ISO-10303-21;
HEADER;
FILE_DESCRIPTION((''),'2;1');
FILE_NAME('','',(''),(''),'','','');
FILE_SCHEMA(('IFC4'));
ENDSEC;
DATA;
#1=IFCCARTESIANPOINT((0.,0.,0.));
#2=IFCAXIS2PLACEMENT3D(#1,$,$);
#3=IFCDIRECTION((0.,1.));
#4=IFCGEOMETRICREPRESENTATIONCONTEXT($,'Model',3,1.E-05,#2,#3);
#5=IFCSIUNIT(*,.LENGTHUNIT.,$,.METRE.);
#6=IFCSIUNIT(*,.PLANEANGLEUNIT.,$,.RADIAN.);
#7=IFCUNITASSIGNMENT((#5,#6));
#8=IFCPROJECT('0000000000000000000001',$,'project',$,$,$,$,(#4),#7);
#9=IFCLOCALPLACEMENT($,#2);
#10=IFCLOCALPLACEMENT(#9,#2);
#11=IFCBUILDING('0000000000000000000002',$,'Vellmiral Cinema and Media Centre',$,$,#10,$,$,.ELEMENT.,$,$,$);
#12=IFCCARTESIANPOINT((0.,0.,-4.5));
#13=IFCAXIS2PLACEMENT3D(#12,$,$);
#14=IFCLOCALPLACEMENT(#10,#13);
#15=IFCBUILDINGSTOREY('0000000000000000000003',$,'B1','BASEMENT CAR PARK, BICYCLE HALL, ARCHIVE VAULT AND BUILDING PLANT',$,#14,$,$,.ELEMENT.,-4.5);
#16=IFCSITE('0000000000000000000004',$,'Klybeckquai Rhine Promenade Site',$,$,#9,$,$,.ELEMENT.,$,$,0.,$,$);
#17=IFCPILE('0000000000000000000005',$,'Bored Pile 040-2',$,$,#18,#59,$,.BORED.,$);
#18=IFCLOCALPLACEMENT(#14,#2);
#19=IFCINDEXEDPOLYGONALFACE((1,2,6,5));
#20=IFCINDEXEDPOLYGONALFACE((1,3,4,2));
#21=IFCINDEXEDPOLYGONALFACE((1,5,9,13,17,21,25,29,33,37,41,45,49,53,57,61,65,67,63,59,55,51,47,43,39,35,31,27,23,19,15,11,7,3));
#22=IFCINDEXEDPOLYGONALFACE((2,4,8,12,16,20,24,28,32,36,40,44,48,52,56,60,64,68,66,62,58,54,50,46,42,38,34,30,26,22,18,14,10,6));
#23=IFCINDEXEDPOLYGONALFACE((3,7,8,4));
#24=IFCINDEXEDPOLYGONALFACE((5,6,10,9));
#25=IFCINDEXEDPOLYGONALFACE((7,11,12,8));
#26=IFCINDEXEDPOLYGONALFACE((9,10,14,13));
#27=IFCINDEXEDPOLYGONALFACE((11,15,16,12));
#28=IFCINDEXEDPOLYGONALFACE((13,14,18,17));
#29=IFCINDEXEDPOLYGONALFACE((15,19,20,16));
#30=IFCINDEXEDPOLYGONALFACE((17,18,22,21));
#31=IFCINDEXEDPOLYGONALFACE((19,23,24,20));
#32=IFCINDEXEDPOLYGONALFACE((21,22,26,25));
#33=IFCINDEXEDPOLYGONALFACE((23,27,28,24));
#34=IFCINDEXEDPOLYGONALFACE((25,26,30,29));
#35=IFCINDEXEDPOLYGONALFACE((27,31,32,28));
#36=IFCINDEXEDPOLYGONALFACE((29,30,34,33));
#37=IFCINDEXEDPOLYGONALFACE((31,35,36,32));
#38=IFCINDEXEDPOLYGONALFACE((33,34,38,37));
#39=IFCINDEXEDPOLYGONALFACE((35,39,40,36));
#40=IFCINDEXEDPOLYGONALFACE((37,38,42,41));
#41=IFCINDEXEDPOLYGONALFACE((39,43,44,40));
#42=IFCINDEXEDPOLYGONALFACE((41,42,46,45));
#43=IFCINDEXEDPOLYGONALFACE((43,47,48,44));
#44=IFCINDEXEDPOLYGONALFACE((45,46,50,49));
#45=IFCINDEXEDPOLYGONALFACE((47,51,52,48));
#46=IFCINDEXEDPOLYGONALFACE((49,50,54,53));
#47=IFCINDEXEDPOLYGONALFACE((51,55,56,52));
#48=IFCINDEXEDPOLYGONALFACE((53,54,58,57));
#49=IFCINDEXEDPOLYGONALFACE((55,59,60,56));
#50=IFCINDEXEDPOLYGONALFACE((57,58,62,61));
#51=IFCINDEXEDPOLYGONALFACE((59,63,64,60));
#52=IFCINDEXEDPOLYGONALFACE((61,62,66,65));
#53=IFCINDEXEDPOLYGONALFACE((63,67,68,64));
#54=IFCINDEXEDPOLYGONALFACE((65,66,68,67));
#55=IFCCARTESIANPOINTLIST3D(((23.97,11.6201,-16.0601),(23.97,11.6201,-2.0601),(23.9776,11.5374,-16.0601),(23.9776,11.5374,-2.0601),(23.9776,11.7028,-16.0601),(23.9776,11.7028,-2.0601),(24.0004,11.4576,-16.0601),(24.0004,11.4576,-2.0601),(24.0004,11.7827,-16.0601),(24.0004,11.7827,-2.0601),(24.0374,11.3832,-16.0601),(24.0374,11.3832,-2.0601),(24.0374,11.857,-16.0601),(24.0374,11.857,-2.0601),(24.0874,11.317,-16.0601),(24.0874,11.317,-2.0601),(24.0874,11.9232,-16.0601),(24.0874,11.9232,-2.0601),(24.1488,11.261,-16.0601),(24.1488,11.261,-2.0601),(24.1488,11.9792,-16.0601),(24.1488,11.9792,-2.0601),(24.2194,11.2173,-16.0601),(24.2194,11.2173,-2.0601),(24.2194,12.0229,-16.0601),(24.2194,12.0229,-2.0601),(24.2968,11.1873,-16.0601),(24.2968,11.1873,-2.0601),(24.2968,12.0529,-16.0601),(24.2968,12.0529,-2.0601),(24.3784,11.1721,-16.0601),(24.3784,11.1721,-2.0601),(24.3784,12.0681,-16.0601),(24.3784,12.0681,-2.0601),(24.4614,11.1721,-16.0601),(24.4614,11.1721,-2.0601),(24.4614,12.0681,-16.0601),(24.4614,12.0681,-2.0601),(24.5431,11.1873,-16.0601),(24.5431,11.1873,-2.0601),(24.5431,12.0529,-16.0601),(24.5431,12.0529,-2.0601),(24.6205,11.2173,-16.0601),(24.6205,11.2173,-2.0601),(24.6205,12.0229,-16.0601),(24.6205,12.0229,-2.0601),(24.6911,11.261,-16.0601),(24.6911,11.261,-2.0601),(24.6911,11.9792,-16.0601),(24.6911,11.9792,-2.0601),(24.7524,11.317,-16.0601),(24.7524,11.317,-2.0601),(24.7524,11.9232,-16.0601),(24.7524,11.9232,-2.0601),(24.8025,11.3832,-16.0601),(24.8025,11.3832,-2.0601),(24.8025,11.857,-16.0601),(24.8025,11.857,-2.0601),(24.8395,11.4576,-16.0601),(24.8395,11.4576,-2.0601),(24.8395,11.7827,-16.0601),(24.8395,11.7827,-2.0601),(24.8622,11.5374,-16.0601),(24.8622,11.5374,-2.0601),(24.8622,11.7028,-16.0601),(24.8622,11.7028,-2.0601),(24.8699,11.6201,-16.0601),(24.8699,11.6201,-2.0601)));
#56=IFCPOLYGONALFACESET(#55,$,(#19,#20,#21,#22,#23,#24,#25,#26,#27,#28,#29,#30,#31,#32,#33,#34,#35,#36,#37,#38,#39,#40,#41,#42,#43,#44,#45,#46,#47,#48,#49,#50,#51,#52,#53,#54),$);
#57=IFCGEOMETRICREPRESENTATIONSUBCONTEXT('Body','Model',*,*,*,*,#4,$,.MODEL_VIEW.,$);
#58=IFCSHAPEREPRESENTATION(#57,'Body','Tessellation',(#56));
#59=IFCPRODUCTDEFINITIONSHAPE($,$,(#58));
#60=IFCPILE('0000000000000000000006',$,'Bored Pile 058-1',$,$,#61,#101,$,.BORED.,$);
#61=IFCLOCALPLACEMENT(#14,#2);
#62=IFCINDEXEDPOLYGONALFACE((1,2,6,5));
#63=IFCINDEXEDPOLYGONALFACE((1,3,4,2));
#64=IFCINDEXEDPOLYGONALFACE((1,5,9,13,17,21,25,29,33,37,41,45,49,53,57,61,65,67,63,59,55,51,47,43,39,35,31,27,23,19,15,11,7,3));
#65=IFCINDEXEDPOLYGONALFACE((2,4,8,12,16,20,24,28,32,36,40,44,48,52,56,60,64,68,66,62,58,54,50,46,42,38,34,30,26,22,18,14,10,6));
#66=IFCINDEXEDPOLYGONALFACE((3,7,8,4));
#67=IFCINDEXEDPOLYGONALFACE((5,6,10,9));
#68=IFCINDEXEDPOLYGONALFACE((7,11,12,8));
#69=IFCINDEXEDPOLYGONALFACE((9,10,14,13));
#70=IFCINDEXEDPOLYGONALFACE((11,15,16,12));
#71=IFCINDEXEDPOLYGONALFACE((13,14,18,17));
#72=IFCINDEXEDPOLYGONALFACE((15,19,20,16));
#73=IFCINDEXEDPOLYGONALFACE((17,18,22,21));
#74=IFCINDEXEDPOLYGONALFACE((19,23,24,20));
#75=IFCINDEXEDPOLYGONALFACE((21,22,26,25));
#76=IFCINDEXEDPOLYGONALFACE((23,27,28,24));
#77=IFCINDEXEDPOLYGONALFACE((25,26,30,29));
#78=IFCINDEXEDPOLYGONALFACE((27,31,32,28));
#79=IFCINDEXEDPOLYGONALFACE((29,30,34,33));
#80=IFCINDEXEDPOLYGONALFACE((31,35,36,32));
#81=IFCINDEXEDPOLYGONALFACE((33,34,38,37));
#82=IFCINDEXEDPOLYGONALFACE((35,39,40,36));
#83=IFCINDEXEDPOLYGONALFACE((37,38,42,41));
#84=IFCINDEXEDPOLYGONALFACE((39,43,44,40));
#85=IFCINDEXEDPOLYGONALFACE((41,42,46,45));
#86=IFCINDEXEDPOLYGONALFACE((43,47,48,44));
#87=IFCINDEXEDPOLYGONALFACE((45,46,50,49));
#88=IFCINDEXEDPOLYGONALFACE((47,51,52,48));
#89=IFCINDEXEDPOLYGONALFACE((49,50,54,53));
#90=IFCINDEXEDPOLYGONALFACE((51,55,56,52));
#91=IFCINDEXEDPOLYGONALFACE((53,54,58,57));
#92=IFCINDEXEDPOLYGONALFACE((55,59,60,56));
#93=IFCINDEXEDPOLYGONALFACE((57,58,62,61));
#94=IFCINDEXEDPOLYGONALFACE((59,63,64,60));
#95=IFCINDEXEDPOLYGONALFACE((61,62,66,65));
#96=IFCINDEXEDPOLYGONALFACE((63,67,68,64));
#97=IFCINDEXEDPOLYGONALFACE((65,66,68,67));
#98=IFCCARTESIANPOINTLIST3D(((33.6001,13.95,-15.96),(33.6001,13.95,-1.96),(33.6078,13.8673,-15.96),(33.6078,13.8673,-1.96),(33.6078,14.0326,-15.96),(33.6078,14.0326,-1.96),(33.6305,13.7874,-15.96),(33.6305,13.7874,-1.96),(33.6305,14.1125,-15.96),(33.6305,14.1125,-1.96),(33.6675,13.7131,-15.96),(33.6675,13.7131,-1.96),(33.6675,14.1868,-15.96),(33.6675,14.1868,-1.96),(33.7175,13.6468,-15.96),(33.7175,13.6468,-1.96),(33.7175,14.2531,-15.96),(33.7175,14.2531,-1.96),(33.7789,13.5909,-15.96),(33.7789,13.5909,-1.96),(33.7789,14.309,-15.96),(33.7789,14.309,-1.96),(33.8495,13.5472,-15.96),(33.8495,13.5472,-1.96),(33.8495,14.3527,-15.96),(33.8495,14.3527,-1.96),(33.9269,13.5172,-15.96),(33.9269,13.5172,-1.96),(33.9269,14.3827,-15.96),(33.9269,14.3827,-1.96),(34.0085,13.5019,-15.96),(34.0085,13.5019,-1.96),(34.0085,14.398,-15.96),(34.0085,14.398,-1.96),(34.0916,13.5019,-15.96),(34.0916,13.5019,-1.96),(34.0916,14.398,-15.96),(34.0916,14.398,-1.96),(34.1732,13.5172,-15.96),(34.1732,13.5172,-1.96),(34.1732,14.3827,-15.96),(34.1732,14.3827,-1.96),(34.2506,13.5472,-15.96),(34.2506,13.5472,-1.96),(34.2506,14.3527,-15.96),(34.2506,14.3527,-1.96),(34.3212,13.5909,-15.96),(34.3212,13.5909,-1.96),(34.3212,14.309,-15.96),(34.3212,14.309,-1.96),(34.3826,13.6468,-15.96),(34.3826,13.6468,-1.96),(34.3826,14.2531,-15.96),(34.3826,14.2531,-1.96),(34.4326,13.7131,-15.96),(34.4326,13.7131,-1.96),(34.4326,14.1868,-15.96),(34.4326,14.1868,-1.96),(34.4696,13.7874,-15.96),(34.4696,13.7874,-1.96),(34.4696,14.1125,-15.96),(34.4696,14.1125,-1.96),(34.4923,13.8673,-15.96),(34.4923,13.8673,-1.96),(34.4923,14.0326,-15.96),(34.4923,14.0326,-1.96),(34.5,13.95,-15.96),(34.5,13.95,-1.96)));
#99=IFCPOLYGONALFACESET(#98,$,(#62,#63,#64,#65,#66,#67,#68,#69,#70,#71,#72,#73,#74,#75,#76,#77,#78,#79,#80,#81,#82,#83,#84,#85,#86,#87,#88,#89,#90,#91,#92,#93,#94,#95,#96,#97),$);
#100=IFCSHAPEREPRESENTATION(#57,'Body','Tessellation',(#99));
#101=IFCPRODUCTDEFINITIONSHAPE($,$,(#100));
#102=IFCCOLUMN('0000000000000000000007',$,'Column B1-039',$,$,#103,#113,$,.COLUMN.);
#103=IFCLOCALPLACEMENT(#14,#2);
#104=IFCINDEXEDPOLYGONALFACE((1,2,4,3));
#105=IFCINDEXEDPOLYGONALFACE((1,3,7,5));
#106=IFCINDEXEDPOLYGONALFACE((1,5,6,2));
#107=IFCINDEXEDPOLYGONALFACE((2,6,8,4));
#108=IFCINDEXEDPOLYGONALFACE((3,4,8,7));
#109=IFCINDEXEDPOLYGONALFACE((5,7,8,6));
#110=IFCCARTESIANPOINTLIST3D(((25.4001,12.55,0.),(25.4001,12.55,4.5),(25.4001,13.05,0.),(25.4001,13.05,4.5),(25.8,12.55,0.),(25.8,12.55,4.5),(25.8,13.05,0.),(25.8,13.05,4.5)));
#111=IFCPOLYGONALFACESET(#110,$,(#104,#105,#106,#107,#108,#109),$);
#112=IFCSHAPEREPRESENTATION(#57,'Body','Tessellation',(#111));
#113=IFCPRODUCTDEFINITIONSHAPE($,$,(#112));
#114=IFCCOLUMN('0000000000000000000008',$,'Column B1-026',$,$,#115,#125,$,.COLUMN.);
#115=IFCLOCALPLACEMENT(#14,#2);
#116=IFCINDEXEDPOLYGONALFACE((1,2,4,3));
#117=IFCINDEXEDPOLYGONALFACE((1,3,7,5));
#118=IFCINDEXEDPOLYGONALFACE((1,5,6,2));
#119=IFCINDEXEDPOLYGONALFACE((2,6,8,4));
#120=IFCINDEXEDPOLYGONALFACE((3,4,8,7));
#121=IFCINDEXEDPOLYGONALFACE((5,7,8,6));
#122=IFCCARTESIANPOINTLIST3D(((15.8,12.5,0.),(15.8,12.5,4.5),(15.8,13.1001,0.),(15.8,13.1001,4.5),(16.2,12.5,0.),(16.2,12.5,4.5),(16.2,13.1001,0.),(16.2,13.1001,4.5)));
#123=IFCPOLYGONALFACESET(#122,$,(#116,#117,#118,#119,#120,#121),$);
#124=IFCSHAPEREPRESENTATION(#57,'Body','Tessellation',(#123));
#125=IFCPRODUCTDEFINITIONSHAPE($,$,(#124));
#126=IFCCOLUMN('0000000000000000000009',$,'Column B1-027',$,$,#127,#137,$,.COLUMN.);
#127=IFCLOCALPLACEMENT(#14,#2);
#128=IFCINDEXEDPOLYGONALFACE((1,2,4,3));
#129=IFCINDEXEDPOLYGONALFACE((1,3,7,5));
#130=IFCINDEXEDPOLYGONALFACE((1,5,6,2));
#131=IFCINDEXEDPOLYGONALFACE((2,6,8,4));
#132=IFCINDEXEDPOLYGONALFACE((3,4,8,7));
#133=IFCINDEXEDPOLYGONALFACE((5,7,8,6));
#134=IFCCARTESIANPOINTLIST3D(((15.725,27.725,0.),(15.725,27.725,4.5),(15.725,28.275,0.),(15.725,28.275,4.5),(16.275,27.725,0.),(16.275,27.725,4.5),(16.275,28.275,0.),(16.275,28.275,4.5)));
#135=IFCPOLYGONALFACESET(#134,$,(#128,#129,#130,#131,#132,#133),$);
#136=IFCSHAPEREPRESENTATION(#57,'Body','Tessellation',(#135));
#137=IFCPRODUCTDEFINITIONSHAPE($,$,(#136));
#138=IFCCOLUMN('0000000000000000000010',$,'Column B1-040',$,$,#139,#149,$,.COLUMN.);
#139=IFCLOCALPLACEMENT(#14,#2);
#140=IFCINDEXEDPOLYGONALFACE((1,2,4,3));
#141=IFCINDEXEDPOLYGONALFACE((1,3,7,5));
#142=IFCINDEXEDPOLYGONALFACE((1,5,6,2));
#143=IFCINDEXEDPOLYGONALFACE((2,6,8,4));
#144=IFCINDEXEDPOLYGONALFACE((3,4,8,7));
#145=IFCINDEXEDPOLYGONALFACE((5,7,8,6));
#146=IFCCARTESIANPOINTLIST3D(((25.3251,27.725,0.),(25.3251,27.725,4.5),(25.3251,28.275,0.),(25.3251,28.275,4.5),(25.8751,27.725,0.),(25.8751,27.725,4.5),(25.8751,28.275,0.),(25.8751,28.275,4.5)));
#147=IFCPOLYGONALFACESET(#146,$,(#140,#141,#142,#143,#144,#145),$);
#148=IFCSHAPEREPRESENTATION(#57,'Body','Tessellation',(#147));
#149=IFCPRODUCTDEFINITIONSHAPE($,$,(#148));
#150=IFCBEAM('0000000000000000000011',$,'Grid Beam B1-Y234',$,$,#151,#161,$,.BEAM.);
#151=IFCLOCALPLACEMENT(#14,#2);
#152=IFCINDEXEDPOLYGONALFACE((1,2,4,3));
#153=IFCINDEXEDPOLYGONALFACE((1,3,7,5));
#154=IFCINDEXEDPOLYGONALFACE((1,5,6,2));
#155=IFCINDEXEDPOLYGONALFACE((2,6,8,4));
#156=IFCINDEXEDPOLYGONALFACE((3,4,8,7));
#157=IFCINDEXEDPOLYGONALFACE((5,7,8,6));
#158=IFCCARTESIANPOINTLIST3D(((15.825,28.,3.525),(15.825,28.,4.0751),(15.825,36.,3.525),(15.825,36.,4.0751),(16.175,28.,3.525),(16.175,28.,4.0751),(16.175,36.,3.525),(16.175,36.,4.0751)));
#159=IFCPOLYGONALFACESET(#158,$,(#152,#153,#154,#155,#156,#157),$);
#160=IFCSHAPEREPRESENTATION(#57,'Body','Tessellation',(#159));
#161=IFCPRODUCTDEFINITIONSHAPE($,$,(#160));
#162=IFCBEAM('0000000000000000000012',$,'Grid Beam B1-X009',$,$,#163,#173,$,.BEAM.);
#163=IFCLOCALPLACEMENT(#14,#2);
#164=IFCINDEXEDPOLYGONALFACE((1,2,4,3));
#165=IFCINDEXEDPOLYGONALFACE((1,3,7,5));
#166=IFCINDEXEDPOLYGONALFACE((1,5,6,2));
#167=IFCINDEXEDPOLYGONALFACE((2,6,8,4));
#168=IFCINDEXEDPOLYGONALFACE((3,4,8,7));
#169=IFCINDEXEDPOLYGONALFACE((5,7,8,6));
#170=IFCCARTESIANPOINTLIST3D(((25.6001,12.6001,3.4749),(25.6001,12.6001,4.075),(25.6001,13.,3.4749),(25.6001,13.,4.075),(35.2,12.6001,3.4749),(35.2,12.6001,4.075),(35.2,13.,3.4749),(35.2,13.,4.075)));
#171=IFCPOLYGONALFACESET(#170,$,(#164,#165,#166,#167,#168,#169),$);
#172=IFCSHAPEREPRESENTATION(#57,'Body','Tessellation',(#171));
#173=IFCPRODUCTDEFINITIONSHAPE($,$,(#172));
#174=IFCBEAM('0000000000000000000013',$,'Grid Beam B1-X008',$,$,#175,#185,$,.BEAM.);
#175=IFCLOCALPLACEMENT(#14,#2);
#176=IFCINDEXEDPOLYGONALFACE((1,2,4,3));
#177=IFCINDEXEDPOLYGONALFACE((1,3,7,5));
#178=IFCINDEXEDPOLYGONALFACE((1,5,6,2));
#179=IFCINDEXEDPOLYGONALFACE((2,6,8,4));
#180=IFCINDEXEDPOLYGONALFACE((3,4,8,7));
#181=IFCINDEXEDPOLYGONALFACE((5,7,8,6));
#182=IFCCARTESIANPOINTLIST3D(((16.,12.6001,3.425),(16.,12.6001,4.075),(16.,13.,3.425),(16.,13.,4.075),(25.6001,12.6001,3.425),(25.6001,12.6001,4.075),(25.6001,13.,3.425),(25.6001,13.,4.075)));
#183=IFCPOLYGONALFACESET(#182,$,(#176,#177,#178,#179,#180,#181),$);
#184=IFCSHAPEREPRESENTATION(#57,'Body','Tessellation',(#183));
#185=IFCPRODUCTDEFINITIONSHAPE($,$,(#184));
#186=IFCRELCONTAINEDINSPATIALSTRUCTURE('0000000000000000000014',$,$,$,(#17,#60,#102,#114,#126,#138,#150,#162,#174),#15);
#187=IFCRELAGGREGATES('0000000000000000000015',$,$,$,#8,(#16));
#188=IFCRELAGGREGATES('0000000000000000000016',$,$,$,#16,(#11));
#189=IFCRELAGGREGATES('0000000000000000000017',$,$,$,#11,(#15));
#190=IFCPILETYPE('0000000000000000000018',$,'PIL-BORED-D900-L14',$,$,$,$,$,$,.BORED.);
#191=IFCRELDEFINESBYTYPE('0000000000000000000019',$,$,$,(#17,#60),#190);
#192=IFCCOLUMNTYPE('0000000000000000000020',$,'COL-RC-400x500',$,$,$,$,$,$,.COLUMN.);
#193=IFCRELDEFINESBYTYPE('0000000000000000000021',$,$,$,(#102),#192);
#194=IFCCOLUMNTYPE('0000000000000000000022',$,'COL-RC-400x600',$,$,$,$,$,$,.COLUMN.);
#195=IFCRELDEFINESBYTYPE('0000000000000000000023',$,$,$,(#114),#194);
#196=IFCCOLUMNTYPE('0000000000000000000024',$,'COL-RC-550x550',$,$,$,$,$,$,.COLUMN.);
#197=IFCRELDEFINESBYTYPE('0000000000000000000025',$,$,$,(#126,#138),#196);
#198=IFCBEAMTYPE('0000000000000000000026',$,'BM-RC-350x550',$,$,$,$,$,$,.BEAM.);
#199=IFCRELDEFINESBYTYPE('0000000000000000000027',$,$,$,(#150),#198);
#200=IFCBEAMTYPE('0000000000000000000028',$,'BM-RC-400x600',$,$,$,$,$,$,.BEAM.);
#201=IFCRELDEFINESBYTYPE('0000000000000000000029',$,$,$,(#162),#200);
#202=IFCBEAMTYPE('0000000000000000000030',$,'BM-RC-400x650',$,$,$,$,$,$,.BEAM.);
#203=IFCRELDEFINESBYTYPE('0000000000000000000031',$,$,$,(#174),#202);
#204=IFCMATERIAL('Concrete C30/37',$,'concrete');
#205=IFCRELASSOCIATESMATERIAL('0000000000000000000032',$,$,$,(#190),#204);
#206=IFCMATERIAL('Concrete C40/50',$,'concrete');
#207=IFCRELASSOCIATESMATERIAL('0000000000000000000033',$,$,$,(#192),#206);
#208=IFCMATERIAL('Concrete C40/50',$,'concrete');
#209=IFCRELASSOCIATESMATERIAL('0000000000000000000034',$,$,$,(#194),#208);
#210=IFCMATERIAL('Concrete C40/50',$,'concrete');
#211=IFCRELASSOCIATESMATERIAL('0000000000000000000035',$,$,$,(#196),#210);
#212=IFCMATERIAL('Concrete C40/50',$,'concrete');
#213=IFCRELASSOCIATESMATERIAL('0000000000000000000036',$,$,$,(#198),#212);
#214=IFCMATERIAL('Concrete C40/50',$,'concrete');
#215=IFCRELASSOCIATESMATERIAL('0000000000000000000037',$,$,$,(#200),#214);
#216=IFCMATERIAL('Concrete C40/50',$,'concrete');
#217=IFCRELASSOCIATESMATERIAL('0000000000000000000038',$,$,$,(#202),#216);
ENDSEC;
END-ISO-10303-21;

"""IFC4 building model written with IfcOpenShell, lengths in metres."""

from ifc_helpers import new_model, si_unit, direction, frame, origin, origin_2d, place, context, subcontext, project, spatial, rectangle, circle, extrude, material, material_profile, profile_set, type_object, element, save


model = new_model("IFC4")

# Units and contexts
model_context = context("Model", 3, precision=1e-05, world=origin(), true_north=direction((0.0, 1.0)))
body_context = subcontext(model_context, "Body", "Model", "MODEL_VIEW")
ifc_project = project(units=[si_unit("LENGTHUNIT", "METRE"), si_unit("PLANEANGLEUNIT", "RADIAN")], contexts=[model_context])

# Site, building, storey
site_placement = place(None, origin())
site = spatial("IfcSite", under=ifc_project, at=site_placement, Name="Klybeckquai Rhine Promenade Site", CompositionType="ELEMENT", RefElevation=0.0)
building_placement = place(site_placement, origin())
building = spatial("IfcBuilding", under=site, at=building_placement, Name="Vellmiral Cinema and Media Centre", CompositionType="ELEMENT")
storey_placement = place(building_placement, frame((0.0, 0.0, -4.5)))
storey = spatial("IfcBuildingStorey", under=building, at=storey_placement, Name="B1", Description="BASEMENT CAR PARK, BICYCLE HALL, ARCHIVE VAULT AND BUILDING PLANT", CompositionType="ELEMENT", Elevation=-4.5)

# Piles
ifc_material_1 = material(Name="Concrete C30/37", Category="concrete")
ifc_material_profile_1 = material_profile(ifc_material_1, circle(Radius=0.45, at=origin_2d()), Name="PILE D900")
ifc_profile_set_1 = profile_set([ifc_material_profile_1], Name="Concrete C30/37")
pile_type_1 = type_object("IfcPileType", Name="PIL-BORED-D900-L14", PredefinedType="BORED", material=ifc_profile_set_1)
for number, where, z_axis, x_axis, name in (
    (1, (24.4199, 11.6201, -2.0601), (0.0, 0.0, -1.0), (1.0, 0.0, 0.0), "Bored Pile 040-2"),
    (2, (34.05, 13.95, -1.96), (0.0, 0.0, -1.0), (1.0, 0.0, 0.0), "Bored Pile 058-1"),
):
    element("IfcPile", number, at=place(storey_placement, frame(where, z_axis=z_axis, x_axis=x_axis)), inside=storey, type_object=pile_type_1, Name=name, PredefinedType="BORED", context=body_context, shape_type="SweptSolid", body=[
        extrude(circle(Radius=0.45, at=origin_2d()), origin(), (0.0, 0.0, 1.0), 14.0),
    ])

# Columns
ifc_material_2 = material(Name="Concrete C40/50", Category="concrete")
ifc_material_profile_2 = material_profile(ifc_material_2, rectangle(XDim=0.3999, YDim=0.5, at=origin_2d()), Name="RC 400x500")
ifc_profile_set_2 = profile_set([ifc_material_profile_2], Name="Concrete C40/50")
column_type_1 = type_object("IfcColumnType", Name="COL-RC-400x500", PredefinedType="COLUMN", material=ifc_profile_set_2)
column_1_placement = place(storey_placement, frame((25.6001, 12.8, 0.0), z_axis=(0.0, 0.0, 1.0), x_axis=(1.0, 0.0, 0.0)))
element("IfcColumn", 3, at=column_1_placement, inside=storey, type_object=column_type_1, Name="Column B1-039", PredefinedType="COLUMN", context=body_context, shape_type="SweptSolid", body=[
    extrude(rectangle(XDim=0.3999, YDim=0.5, at=origin_2d()), origin(), (0.0, 0.0, 1.0), 4.5),
])
ifc_material_3 = material(Name="Concrete C40/50", Category="concrete")
ifc_material_profile_3 = material_profile(ifc_material_3, rectangle(XDim=0.3999, YDim=0.6001, at=origin_2d()), Name="RC 400x600")
ifc_profile_set_3 = profile_set([ifc_material_profile_3], Name="Concrete C40/50")
column_type_2 = type_object("IfcColumnType", Name="COL-RC-400x600", PredefinedType="COLUMN", material=ifc_profile_set_3)
column_2_placement = place(storey_placement, frame((16.0, 12.8, 0.0), z_axis=(0.0, 0.0, 1.0), x_axis=(1.0, 0.0, 0.0)))
element("IfcColumn", 4, at=column_2_placement, inside=storey, type_object=column_type_2, Name="Column B1-026", PredefinedType="COLUMN", context=body_context, shape_type="SweptSolid", body=[
    extrude(rectangle(XDim=0.3999, YDim=0.6001, at=origin_2d()), origin(), (0.0, 0.0, 1.0), 4.5),
])
ifc_material_4 = material(Name="Concrete C40/50", Category="concrete")
ifc_material_profile_4 = material_profile(ifc_material_4, rectangle(XDim=0.55, YDim=0.55, at=origin_2d()), Name="RC 550x550")
ifc_profile_set_4 = profile_set([ifc_material_profile_4], Name="Concrete C40/50")
column_type_3 = type_object("IfcColumnType", Name="COL-RC-550x550", PredefinedType="COLUMN", material=ifc_profile_set_4)
for number, where, z_axis, x_axis, name in (
    (5, (16.0, 28.0, 0.0), (0.0, 0.0, 1.0), (1.0, 0.0, 0.0), "Column B1-027"),
    (6, (25.6001, 28.0, 0.0), (0.0, 0.0, 1.0), (1.0, 0.0, 0.0), "Column B1-040"),
):
    element("IfcColumn", number, at=place(storey_placement, frame(where, z_axis=z_axis, x_axis=x_axis)), inside=storey, type_object=column_type_3, Name=name, PredefinedType="COLUMN", context=body_context, shape_type="SweptSolid", body=[
        extrude(rectangle(XDim=0.55, YDim=0.55, at=origin_2d()), origin(), (0.0, 0.0, 1.0), 4.5),
    ])

# Beams
ifc_material_5 = material(Name="Concrete C40/50", Category="concrete")
ifc_material_profile_5 = material_profile(ifc_material_5, rectangle(XDim=0.3501, YDim=0.55, at=origin_2d()), Name="RC 350x550")
ifc_profile_set_5 = profile_set([ifc_material_profile_5], Name="Concrete C40/50")
beam_type_1 = type_object("IfcBeamType", Name="BM-RC-350x550", PredefinedType="BEAM", material=ifc_profile_set_5)
beam_1_placement = place(storey_placement, frame((16.0, 28.0, 3.8), z_axis=(0.0, 1.0, 0.0), x_axis=(-1.0, 0.0, 0.0)))
element("IfcBeam", 7, at=beam_1_placement, inside=storey, type_object=beam_type_1, Name="Grid Beam B1-Y234", PredefinedType="BEAM", context=body_context, shape_type="SweptSolid", body=[
    extrude(rectangle(XDim=0.3501, YDim=0.55, at=origin_2d()), origin(), (0.0, 0.0, 1.0), 8.0),
])
ifc_material_6 = material(Name="Concrete C40/50", Category="concrete")
ifc_material_profile_6 = material_profile(ifc_material_6, rectangle(XDim=0.3999, YDim=0.6001, at=origin_2d()), Name="RC 400x600")
ifc_profile_set_6 = profile_set([ifc_material_profile_6], Name="Concrete C40/50")
beam_type_2 = type_object("IfcBeamType", Name="BM-RC-400x600", PredefinedType="BEAM", material=ifc_profile_set_6)
beam_2_placement = place(storey_placement, frame((25.6001, 12.8, 3.7749), z_axis=(1.0, 0.0, 0.0), x_axis=(0.0, 1.0, 0.0)))
element("IfcBeam", 8, at=beam_2_placement, inside=storey, type_object=beam_type_2, Name="Grid Beam B1-X009", PredefinedType="BEAM", context=body_context, shape_type="SweptSolid", body=[
    extrude(rectangle(XDim=0.3999, YDim=0.6001, at=origin_2d()), origin(), (0.0, 0.0, 1.0), 9.5999),
])
ifc_material_7 = material(Name="Concrete C40/50", Category="concrete")
ifc_material_profile_7 = material_profile(ifc_material_7, rectangle(XDim=0.3999, YDim=0.6499, at=origin_2d()), Name="RC 400x650")
ifc_profile_set_7 = profile_set([ifc_material_profile_7], Name="Concrete C40/50")
beam_type_3 = type_object("IfcBeamType", Name="BM-RC-400x650", PredefinedType="BEAM", material=ifc_profile_set_7)
beam_3_placement = place(storey_placement, frame((16.0, 12.8, 3.75), z_axis=(1.0, 0.0, 0.0), x_axis=(0.0, 1.0, 0.0)))
element("IfcBeam", 9, at=beam_3_placement, inside=storey, type_object=beam_type_3, Name="Grid Beam B1-X008", PredefinedType="BEAM", context=body_context, shape_type="SweptSolid", body=[
    extrude(rectangle(XDim=0.3999, YDim=0.6499, at=origin_2d()), origin(), (0.0, 0.0, 1.0), 9.6001),
])

save(model, "model.ifc")
